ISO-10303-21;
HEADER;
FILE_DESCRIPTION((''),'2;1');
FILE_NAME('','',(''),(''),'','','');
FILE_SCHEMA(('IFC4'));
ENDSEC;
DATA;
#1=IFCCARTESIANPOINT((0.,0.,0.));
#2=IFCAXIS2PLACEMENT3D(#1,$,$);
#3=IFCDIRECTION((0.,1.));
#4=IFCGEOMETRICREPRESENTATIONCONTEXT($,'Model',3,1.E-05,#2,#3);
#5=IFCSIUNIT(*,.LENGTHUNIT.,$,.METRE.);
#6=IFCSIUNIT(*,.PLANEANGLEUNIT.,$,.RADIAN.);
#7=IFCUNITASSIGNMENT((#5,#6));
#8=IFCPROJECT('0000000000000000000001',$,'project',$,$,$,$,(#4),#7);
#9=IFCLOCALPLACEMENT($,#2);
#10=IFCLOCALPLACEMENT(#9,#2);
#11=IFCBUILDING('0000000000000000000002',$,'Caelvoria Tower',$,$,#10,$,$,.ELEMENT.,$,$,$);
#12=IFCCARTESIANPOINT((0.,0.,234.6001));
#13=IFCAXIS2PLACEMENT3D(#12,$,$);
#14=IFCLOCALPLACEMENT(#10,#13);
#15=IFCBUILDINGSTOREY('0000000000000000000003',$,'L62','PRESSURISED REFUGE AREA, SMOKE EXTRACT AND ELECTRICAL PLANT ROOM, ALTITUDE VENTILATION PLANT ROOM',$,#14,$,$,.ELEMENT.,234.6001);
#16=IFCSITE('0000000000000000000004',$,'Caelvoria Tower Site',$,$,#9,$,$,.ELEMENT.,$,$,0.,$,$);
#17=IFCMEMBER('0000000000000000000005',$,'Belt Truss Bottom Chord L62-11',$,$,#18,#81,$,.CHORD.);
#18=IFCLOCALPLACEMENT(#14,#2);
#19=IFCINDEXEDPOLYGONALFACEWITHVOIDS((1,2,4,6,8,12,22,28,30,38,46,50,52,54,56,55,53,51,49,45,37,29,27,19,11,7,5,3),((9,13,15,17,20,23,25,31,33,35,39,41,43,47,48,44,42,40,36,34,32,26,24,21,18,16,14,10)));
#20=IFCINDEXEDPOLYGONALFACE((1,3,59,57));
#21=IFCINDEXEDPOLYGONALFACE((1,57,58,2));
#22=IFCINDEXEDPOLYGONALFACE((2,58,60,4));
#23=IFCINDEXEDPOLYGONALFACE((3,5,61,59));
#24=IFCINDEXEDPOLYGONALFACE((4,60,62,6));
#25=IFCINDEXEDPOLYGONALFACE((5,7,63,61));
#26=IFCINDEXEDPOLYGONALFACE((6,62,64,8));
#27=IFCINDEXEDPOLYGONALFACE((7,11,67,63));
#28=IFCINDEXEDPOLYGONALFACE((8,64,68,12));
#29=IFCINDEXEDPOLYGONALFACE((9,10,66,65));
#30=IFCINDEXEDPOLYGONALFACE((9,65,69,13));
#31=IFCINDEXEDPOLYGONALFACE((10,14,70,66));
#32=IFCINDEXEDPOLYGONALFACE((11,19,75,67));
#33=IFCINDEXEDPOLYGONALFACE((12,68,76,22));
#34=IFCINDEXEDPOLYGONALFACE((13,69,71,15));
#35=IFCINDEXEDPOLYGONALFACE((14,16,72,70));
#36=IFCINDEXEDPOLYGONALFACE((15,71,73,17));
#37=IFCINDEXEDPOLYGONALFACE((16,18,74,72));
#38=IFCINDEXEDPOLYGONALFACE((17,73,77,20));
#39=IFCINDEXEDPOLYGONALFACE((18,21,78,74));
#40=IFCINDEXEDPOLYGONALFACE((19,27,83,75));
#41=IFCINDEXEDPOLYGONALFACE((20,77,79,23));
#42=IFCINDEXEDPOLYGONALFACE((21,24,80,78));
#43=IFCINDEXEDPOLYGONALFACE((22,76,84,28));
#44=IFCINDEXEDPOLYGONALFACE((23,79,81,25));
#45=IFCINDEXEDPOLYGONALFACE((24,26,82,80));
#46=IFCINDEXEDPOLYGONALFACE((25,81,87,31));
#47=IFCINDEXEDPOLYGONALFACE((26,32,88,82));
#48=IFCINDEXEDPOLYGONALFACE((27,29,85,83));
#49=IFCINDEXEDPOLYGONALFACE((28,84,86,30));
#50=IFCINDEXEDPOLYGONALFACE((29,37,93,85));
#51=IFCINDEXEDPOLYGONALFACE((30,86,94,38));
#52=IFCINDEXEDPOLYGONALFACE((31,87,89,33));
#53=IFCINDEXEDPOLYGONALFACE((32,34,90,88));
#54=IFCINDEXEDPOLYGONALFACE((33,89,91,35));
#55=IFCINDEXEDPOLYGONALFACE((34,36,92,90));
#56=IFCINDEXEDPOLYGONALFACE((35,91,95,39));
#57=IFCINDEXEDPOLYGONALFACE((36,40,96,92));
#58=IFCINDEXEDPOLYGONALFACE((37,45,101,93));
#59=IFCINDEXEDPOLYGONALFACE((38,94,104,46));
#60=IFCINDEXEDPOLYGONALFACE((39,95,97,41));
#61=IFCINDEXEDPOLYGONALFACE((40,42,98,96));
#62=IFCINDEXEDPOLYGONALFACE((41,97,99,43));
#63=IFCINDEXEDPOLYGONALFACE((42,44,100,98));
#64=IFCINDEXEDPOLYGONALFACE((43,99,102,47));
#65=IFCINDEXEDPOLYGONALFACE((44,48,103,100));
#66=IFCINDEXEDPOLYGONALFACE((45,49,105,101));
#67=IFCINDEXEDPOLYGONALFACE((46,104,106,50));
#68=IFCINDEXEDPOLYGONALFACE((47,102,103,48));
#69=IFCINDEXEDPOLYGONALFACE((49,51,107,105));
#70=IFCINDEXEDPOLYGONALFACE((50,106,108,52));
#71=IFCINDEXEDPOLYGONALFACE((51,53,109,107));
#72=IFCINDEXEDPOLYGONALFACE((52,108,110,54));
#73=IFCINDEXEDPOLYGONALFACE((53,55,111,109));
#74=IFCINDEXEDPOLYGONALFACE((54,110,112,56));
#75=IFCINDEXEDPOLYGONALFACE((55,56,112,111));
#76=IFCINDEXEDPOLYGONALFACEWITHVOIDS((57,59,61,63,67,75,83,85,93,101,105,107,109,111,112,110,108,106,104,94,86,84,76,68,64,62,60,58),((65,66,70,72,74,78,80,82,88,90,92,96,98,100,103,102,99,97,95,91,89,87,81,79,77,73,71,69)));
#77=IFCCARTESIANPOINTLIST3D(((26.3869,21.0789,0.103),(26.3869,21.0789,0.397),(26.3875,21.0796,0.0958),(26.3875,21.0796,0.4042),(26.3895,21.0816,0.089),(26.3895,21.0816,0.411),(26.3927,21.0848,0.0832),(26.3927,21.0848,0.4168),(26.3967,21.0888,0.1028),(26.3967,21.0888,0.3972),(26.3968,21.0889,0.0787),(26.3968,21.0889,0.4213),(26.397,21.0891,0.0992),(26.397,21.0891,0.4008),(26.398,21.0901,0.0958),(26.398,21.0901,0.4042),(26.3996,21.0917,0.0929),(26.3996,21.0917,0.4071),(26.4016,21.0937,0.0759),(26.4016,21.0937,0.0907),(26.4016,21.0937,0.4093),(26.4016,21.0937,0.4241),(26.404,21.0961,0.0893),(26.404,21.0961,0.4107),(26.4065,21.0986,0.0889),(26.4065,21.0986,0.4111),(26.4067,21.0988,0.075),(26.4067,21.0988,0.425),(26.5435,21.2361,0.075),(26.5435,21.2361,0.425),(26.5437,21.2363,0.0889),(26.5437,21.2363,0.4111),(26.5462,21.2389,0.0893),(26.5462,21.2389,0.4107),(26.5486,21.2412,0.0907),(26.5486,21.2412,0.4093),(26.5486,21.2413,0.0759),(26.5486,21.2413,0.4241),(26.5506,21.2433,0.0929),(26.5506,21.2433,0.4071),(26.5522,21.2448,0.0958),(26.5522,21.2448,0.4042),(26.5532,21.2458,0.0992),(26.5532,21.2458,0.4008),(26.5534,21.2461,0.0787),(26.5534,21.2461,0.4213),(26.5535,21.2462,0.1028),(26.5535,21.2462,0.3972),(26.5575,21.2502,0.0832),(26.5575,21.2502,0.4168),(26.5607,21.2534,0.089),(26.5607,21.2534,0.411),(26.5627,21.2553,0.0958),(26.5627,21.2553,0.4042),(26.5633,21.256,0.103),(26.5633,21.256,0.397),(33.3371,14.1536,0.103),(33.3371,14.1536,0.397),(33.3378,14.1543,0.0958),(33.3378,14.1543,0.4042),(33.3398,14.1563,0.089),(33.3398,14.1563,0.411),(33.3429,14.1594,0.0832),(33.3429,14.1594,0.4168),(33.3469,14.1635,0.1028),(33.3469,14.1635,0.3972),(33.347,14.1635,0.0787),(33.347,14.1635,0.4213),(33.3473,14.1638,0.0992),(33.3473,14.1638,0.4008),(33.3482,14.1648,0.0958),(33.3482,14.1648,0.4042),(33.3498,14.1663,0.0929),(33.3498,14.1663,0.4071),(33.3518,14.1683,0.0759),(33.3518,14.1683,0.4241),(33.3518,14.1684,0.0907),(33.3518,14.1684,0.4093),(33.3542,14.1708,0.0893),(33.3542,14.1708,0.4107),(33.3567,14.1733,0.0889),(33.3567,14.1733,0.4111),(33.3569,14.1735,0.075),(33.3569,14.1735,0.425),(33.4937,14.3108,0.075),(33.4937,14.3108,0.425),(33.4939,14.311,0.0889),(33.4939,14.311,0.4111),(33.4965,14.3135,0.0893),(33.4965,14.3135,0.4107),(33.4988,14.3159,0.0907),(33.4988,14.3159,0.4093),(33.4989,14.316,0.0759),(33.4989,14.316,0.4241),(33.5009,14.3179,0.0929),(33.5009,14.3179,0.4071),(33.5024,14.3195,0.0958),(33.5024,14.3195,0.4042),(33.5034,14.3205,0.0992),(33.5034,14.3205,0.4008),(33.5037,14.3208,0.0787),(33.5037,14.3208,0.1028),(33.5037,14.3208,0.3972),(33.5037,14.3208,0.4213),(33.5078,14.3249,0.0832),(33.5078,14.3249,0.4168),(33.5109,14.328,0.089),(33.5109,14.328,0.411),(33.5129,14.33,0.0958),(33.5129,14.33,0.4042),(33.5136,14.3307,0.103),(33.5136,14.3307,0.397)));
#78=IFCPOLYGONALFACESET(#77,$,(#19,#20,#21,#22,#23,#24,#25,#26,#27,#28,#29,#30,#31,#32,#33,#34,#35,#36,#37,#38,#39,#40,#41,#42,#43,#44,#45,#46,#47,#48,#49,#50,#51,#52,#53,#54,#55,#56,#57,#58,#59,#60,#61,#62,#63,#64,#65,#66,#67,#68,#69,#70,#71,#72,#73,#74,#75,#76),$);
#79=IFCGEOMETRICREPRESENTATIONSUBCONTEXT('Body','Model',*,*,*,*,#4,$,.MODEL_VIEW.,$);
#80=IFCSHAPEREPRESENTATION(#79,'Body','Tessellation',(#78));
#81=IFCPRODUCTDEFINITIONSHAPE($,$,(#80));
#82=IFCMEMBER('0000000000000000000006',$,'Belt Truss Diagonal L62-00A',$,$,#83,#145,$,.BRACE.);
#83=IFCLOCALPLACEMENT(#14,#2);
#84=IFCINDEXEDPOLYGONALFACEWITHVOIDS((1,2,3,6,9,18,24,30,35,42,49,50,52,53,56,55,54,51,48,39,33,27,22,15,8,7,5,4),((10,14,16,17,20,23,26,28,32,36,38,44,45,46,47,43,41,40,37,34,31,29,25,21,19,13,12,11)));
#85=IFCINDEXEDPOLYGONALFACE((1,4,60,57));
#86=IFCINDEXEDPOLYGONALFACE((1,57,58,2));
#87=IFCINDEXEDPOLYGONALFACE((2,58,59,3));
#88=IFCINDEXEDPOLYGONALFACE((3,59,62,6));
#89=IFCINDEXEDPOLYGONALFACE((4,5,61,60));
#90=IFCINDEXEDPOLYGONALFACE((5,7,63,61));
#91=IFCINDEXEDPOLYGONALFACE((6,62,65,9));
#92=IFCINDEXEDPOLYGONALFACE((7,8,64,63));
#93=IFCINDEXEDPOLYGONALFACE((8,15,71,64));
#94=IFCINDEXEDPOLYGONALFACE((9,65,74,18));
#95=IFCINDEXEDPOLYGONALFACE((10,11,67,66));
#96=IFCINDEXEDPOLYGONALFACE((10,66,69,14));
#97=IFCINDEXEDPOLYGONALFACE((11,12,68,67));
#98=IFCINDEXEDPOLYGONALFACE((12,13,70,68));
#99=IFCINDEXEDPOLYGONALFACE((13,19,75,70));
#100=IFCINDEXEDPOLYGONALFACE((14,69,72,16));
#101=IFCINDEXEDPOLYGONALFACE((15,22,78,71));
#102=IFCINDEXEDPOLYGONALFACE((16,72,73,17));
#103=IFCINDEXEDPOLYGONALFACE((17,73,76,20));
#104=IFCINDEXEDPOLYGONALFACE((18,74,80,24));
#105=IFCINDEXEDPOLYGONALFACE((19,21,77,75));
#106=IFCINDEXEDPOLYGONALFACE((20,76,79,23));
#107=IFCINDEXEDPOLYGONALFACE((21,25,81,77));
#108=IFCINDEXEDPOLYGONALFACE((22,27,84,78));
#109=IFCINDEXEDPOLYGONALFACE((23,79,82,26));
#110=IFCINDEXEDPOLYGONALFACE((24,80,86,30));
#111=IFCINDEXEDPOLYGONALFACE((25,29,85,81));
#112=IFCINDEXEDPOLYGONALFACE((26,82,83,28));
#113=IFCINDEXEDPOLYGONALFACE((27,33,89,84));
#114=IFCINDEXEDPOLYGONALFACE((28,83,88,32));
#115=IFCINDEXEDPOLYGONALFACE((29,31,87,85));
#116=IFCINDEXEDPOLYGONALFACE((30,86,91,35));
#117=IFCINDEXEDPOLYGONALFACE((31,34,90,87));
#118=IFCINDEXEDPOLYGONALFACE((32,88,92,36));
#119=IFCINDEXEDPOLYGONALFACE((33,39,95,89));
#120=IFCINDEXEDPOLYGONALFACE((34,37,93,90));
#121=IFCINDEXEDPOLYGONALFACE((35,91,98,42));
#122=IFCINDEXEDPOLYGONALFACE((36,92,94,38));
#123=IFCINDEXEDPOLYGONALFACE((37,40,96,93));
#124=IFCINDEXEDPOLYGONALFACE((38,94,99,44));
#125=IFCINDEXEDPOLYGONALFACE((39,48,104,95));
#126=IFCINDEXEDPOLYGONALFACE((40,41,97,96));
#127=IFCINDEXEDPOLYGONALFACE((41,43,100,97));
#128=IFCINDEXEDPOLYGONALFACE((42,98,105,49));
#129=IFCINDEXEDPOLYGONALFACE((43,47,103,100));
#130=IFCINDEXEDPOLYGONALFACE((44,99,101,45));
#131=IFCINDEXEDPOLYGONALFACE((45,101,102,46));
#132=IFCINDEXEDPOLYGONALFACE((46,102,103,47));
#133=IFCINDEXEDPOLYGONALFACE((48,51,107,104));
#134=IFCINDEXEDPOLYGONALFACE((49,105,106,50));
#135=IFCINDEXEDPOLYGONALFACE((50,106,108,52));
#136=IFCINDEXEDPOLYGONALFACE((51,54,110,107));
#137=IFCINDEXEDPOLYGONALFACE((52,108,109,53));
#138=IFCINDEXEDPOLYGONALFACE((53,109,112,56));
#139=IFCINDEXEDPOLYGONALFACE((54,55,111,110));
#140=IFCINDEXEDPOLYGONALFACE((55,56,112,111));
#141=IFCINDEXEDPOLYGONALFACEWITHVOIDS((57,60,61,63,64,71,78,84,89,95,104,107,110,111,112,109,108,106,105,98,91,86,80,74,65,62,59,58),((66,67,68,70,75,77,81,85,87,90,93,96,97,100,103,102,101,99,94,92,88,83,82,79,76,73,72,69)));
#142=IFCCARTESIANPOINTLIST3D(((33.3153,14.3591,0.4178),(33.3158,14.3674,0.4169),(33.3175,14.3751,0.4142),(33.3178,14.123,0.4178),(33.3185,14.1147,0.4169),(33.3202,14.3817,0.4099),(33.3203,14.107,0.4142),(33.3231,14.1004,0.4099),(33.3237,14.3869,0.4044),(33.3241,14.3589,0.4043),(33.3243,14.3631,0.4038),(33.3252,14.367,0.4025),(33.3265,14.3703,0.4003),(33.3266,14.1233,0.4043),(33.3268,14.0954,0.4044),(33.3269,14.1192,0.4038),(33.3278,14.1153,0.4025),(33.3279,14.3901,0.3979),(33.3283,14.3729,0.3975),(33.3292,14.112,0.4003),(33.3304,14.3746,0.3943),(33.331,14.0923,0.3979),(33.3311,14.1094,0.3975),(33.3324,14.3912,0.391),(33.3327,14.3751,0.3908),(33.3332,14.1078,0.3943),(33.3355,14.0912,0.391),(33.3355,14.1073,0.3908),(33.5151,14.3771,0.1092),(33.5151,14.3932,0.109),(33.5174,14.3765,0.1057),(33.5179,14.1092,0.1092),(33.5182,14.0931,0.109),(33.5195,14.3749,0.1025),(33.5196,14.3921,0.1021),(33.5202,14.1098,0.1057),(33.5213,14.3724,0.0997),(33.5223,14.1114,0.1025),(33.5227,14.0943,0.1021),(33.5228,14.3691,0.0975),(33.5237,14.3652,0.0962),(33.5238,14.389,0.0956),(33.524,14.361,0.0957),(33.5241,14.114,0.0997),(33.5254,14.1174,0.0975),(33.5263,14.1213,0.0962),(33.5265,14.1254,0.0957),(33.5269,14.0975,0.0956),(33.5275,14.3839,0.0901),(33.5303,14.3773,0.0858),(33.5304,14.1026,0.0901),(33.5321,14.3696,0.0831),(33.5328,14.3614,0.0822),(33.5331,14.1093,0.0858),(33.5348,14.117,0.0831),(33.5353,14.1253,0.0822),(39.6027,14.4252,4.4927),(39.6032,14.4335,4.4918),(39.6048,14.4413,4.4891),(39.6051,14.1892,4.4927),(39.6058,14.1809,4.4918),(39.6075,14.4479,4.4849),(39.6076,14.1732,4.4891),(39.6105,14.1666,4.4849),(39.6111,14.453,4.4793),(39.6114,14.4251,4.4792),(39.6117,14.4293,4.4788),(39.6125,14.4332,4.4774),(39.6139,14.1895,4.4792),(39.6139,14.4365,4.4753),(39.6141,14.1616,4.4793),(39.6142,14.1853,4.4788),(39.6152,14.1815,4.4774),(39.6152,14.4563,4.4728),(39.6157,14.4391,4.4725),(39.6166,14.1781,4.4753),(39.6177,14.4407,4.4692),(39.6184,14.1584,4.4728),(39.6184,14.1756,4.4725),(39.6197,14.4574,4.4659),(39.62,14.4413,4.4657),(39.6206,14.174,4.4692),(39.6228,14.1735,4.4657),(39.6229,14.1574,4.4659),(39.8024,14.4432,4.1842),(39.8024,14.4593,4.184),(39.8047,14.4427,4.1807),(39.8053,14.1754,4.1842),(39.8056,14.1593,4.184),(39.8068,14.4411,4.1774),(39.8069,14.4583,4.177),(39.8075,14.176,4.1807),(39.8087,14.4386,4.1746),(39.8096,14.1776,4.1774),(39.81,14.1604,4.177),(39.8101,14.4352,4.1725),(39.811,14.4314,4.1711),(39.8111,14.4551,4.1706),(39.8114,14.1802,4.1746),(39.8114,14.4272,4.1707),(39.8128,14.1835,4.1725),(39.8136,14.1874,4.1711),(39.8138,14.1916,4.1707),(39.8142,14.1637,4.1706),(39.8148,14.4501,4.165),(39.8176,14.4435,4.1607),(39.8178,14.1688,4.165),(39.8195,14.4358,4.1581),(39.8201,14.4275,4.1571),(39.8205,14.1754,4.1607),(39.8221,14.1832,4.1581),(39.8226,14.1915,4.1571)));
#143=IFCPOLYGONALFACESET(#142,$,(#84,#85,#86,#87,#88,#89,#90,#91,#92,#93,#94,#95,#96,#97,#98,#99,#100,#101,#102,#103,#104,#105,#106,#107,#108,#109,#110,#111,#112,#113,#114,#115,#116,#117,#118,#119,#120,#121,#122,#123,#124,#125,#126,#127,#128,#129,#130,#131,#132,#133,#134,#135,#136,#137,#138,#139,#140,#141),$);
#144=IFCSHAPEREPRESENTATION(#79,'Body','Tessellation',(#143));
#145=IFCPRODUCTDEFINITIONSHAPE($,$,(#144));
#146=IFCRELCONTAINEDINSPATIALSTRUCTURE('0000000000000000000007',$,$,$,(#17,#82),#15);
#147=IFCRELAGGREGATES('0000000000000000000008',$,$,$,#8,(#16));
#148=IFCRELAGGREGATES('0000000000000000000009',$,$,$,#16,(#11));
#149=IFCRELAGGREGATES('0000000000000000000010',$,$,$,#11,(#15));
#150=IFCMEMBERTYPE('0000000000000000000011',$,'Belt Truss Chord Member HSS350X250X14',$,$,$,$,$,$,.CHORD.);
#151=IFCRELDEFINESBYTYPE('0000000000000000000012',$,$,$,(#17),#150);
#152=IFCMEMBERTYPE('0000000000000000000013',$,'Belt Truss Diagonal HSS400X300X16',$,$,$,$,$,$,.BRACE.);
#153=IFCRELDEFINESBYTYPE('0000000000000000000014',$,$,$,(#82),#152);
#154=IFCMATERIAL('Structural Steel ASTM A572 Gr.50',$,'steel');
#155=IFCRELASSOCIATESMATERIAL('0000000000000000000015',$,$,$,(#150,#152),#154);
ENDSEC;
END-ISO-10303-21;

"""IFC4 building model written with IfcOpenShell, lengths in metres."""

from ifc_helpers import new_model, si_unit, direction, frame, origin, origin_2d, place, context, subcontext, project, spatial, hollow_rectangle, extrude, material, material_profile, profile_set, type_object, element, save


model = new_model("IFC4")

# Units and contexts
model_context = context("Model", 3, precision=1e-05, world=origin(), true_north=direction((0.0, 1.0)))
body_context = subcontext(model_context, "Body", "Model", "MODEL_VIEW")
ifc_project = project(units=[si_unit("LENGTHUNIT", "METRE"), si_unit("PLANEANGLEUNIT", "RADIAN")], contexts=[model_context])

# Site, building, storey
site_placement = place(None, origin())
site = spatial("IfcSite", under=ifc_project, at=site_placement, Name="Caelvoria Tower Site", CompositionType="ELEMENT", RefElevation=0.0)
building_placement = place(site_placement, origin())
building = spatial("IfcBuilding", under=site, at=building_placement, Name="Caelvoria Tower", CompositionType="ELEMENT")
storey_placement = place(building_placement, frame((0.0, 0.0, 234.6001)))
storey = spatial("IfcBuildingStorey", under=building, at=storey_placement, Name="L62", Description="PRESSURISED REFUGE AREA, SMOKE EXTRACT AND ELECTRICAL PLANT ROOM, ALTITUDE VENTILATION PLANT ROOM", CompositionType="ELEMENT", Elevation=234.6001)

# Shared definitions
ifc_material_1 = material(Name="Structural Steel ASTM A572 Gr.50", Category="steel")

# Members
ifc_material_profile_1 = material_profile(ifc_material_1, hollow_rectangle(XDim=0.25, YDim=0.3501, WallThickness=0.0139, InnerFilletRadius=0.0139, OuterFilletRadius=0.0281, at=origin_2d()), Name="Structural Steel ASTM A572 Gr.50")
ifc_profile_set_1 = profile_set([ifc_material_profile_1], Name="HSS350X250X14 - Structural Steel ASTM A572 Gr.50")
member_type_1 = type_object("IfcMemberType", Name="Belt Truss Chord Member HSS350X250X14", PredefinedType="CHORD", material=ifc_profile_set_1)
member_1_placement = place(storey_placement, frame((26.4751, 21.1675, 0.25), z_axis=(0.708375, -0.705837, 0.0), x_axis=(0.705837, 0.708375, 0.0)))
element("IfcMember", 1, at=member_1_placement, inside=storey, type_object=member_type_1, Name="Belt Truss Bottom Chord L62-11", PredefinedType="CHORD", context=body_context, shape_type="SweptSolid", body=[
    extrude(hollow_rectangle(XDim=0.25, YDim=0.3501, WallThickness=0.0139, InnerFilletRadius=0.0139, OuterFilletRadius=0.0281, at=origin_2d()), origin(), (0.0, 0.0, 1.0), 9.8115),
])
ifc_material_profile_2 = material_profile(ifc_material_1, hollow_rectangle(XDim=0.3, YDim=0.3999, WallThickness=0.0161, InnerFilletRadius=0.0161, OuterFilletRadius=0.032, at=origin_2d()), Name="Structural Steel ASTM A572 Gr.50")
ifc_profile_set_2 = profile_set([ifc_material_profile_2], Name="HSS400X300X16 - Structural Steel ASTM A572 Gr.50")
member_type_2 = type_object("IfcMemberType", Name="Belt Truss Diagonal HSS400X300X16", PredefinedType="BRACE", material=ifc_profile_set_2)
member_2_placement = place(storey_placement, frame((33.4253, 14.2422, 0.25), z_axis=(0.839132, 0.00883, 0.543857), x_axis=(-0.010522, 0.999945, 0.0)))
element("IfcMember", 2, at=member_2_placement, inside=storey, type_object=member_type_2, Name="Belt Truss Diagonal L62-00A", PredefinedType="BRACE", context=body_context, shape_type="SweptSolid", body=[
    extrude(hollow_rectangle(XDim=0.3, YDim=0.3999, WallThickness=0.0161, InnerFilletRadius=0.0161, OuterFilletRadius=0.032, at=origin_2d()), origin(), (0.0, 0.0, 1.0), 7.4927),
])

save(model, "model.ifc")
